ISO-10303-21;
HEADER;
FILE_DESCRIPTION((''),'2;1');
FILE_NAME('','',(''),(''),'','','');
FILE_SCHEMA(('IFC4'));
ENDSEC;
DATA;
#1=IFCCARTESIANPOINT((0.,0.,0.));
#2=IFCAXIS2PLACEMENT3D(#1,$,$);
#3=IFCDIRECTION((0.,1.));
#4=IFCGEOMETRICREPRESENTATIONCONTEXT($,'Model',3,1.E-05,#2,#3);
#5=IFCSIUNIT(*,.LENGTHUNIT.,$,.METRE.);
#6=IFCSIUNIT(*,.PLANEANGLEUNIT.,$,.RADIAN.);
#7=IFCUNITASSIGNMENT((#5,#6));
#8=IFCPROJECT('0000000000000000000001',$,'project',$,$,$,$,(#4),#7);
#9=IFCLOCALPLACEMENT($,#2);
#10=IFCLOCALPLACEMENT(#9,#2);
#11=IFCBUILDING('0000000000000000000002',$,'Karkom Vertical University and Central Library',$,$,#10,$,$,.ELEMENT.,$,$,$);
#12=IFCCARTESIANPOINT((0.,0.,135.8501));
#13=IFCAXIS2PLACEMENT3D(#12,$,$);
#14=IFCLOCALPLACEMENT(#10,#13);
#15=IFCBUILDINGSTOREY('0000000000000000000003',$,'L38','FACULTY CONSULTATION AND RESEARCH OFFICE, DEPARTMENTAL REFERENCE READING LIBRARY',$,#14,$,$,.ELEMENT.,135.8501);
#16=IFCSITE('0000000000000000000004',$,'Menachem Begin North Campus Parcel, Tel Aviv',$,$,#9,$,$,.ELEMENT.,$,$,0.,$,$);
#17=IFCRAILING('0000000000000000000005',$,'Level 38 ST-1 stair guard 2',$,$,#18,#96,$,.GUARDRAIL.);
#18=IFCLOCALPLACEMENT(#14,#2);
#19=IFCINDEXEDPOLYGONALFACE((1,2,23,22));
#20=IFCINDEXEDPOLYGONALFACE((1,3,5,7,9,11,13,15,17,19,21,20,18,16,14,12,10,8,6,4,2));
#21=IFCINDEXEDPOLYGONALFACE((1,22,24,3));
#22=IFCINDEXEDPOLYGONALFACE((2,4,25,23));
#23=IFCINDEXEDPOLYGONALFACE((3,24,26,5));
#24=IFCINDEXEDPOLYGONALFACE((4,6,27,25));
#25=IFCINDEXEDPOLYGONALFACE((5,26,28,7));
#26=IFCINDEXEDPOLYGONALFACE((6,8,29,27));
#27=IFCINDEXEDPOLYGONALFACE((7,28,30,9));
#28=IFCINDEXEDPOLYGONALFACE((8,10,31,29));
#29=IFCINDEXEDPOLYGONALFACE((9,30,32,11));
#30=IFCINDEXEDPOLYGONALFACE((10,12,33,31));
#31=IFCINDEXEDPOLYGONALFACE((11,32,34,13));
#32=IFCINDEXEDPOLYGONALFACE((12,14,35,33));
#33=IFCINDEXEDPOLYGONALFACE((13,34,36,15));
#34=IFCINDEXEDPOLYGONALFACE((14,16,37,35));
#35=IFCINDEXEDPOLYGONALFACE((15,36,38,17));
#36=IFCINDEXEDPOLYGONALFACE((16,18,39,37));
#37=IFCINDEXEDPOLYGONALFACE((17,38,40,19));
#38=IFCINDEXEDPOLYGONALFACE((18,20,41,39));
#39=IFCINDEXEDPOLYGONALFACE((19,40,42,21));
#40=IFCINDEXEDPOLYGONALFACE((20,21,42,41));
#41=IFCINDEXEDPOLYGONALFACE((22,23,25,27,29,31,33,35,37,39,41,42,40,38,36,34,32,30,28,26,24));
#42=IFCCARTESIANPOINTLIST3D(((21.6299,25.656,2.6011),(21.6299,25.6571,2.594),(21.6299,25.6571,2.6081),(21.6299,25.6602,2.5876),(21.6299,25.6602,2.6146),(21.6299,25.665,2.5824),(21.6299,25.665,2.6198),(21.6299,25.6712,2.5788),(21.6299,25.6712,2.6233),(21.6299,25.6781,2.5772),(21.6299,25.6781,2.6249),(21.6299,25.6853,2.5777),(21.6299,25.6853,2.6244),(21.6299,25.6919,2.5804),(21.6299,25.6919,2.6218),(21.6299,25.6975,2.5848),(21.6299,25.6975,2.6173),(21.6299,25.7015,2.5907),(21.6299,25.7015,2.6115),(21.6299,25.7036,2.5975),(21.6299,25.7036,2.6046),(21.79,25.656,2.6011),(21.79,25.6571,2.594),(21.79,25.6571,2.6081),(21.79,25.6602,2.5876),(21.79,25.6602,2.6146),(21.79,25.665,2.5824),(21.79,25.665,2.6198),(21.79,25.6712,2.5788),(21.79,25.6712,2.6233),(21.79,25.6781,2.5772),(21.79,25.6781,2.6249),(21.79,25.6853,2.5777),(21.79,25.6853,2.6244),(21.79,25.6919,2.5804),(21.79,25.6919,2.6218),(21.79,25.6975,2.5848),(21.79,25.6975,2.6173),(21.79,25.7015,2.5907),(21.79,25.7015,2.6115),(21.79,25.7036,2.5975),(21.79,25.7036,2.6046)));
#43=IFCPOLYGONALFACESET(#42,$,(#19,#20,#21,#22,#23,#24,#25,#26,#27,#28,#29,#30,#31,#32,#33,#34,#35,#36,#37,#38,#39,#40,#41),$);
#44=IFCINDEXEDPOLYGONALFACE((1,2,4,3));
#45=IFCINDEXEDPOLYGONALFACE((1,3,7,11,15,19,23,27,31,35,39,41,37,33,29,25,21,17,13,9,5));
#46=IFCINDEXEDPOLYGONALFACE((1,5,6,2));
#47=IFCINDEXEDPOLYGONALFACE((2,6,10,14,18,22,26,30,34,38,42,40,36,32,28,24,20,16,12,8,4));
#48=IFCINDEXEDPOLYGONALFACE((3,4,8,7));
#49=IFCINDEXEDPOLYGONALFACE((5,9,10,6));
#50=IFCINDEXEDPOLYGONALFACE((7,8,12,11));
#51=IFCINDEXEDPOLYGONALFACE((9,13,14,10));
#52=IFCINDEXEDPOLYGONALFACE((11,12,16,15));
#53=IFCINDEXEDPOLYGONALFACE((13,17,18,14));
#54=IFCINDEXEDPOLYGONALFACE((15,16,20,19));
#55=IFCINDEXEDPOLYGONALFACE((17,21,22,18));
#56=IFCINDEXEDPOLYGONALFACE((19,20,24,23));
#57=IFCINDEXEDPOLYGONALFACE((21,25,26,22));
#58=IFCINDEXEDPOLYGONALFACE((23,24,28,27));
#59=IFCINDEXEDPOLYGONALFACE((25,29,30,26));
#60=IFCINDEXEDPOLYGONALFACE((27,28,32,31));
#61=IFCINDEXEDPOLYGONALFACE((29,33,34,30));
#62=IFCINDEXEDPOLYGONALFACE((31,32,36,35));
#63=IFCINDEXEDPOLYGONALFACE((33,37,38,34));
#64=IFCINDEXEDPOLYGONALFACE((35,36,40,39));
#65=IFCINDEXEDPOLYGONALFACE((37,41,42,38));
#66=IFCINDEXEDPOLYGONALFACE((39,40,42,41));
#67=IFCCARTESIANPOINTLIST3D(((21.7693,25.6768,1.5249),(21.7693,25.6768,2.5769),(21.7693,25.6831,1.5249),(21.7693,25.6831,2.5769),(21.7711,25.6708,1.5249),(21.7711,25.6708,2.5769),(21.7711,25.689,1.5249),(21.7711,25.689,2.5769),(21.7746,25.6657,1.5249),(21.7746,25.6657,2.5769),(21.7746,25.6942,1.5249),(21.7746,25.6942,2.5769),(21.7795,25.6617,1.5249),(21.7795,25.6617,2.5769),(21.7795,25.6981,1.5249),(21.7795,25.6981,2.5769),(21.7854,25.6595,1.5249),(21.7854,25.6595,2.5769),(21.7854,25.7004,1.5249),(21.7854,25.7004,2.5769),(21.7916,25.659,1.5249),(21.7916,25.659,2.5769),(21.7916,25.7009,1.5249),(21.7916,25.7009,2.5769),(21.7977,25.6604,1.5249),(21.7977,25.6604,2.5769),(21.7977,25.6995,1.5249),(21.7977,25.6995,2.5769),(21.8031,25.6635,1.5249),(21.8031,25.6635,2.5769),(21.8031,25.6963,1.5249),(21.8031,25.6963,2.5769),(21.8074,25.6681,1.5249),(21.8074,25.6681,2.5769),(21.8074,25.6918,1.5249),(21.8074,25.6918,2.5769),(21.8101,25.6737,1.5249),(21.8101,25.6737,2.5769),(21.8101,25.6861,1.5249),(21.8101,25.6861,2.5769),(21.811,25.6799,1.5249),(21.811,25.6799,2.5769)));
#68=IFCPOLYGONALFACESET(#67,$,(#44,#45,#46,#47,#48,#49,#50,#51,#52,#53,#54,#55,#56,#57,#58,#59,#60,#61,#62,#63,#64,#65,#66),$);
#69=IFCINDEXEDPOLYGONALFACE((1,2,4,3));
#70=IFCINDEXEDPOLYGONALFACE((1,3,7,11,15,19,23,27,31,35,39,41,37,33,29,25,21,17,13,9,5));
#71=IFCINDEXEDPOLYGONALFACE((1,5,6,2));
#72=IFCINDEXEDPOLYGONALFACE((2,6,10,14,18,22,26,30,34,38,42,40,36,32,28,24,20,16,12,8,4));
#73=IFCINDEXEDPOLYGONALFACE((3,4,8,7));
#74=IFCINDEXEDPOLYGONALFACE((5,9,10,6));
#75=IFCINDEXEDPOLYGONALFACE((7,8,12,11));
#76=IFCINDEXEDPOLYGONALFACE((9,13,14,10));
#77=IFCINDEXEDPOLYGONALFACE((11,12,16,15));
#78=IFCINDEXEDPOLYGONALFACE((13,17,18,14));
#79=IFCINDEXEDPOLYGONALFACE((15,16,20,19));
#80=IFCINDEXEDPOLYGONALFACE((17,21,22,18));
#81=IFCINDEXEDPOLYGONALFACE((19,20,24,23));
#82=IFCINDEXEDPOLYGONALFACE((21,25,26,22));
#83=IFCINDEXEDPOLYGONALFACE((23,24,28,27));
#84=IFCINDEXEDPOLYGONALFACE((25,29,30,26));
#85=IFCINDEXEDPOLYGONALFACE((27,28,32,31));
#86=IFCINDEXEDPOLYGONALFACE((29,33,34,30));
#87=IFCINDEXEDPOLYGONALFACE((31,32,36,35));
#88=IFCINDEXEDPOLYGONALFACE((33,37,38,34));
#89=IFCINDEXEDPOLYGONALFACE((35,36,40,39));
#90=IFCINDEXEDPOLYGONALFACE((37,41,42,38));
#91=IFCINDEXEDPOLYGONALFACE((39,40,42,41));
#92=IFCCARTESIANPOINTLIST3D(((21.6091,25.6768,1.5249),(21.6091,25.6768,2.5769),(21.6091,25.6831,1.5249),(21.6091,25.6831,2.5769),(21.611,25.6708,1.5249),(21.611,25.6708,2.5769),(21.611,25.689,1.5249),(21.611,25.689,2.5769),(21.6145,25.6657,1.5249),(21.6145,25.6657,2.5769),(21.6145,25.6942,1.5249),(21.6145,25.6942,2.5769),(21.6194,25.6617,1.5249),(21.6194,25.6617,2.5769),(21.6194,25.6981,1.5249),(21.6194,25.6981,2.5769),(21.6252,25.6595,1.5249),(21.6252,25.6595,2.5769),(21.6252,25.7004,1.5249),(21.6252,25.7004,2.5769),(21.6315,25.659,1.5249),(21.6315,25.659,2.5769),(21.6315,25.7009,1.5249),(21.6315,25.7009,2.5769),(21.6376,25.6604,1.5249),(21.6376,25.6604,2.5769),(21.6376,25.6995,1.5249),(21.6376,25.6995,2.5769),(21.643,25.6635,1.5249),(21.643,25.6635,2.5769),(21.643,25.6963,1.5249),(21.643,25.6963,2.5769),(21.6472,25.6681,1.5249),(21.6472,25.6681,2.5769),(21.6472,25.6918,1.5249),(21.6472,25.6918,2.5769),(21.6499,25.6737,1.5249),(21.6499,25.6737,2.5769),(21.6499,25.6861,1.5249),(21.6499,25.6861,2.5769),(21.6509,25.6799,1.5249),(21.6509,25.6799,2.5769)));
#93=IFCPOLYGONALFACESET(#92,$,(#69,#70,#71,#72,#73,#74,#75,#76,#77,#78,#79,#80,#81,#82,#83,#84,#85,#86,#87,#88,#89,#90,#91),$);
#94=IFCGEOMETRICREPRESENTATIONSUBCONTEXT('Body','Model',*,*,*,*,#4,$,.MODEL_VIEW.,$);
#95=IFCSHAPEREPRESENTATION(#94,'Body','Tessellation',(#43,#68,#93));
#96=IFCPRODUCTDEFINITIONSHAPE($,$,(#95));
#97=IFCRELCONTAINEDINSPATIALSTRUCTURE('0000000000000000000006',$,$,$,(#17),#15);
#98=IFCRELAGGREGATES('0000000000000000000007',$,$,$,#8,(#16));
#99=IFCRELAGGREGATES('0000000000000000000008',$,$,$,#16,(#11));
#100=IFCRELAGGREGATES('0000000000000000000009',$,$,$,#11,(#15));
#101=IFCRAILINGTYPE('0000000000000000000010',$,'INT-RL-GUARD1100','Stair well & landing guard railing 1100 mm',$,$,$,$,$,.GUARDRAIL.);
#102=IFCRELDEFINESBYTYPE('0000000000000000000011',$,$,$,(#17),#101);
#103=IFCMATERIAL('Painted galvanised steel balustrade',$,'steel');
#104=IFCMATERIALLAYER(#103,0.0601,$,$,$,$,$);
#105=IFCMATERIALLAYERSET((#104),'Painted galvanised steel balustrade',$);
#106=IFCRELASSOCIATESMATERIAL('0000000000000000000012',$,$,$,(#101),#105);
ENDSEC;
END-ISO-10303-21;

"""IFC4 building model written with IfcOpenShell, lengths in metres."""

from ifc_helpers import new_model, si_unit, direction, frame, origin, origin_2d, place, context, subcontext, project, spatial, circle, extrude, material, layer, layer_set, type_object, element, save


model = new_model("IFC4")

# Units and contexts
model_context = context("Model", 3, precision=1e-05, world=origin(), true_north=direction((0.0, 1.0)))
body_context = subcontext(model_context, "Body", "Model", "MODEL_VIEW")
ifc_project = project(units=[si_unit("LENGTHUNIT", "METRE"), si_unit("PLANEANGLEUNIT", "RADIAN")], contexts=[model_context])

# Site, building, storey
site_placement = place(None, origin())
site = spatial("IfcSite", under=ifc_project, at=site_placement, Name="Menachem Begin North Campus Parcel, Tel Aviv", CompositionType="ELEMENT", RefElevation=0.0)
building_placement = place(site_placement, origin())
building = spatial("IfcBuilding", under=site, at=building_placement, Name="Karkom Vertical University and Central Library", CompositionType="ELEMENT")
storey_placement = place(building_placement, frame((0.0, 0.0, 135.8501)))
storey = spatial("IfcBuildingStorey", under=building, at=storey_placement, Name="L38", Description="FACULTY CONSULTATION AND RESEARCH OFFICE, DEPARTMENTAL REFERENCE READING LIBRARY", CompositionType="ELEMENT", Elevation=135.8501)

# Railing
ifc_material_1 = material(Name="Painted galvanised steel balustrade", Category="steel")
ifc_layer_1 = layer(ifc_material_1, 0.0601)
ifc_layer_set_1 = layer_set([ifc_layer_1], Name="Painted galvanised steel balustrade")
railing_type_1 = type_object("IfcRailingType", Name="INT-RL-GUARD1100", Description="Stair well & landing guard railing 1100 mm", PredefinedType="GUARDRAIL", material=ifc_layer_set_1)
railing_1_placement = place(storey_placement, frame((21.79, 25.6799, 1.5249)))
element("IfcRailing", 1, at=railing_1_placement, inside=storey, type_object=railing_type_1, Name="Level 38 ST-1 stair guard 2", PredefinedType="GUARDRAIL", context=body_context, shape_type="SweptSolid", body=[
    extrude(circle(Radius=0.0239, at=origin_2d()), frame((0.0, 0.0, 1.0762), z_axis=(-1.0, 0.0, 0.0), x_axis=(0.0, -1.0, 0.0)), (0.0, 0.0, 1.0), 0.1602),
    extrude(circle(Radius=0.021, at=origin_2d()), origin(), (0.0, 0.0, 1.0), 1.052),
    extrude(circle(Radius=0.021, at=origin_2d()), frame((-0.1602, 0.0, 0.0)), (0.0, 0.0, 1.0), 1.052),
])

save(model, "model.ifc")
